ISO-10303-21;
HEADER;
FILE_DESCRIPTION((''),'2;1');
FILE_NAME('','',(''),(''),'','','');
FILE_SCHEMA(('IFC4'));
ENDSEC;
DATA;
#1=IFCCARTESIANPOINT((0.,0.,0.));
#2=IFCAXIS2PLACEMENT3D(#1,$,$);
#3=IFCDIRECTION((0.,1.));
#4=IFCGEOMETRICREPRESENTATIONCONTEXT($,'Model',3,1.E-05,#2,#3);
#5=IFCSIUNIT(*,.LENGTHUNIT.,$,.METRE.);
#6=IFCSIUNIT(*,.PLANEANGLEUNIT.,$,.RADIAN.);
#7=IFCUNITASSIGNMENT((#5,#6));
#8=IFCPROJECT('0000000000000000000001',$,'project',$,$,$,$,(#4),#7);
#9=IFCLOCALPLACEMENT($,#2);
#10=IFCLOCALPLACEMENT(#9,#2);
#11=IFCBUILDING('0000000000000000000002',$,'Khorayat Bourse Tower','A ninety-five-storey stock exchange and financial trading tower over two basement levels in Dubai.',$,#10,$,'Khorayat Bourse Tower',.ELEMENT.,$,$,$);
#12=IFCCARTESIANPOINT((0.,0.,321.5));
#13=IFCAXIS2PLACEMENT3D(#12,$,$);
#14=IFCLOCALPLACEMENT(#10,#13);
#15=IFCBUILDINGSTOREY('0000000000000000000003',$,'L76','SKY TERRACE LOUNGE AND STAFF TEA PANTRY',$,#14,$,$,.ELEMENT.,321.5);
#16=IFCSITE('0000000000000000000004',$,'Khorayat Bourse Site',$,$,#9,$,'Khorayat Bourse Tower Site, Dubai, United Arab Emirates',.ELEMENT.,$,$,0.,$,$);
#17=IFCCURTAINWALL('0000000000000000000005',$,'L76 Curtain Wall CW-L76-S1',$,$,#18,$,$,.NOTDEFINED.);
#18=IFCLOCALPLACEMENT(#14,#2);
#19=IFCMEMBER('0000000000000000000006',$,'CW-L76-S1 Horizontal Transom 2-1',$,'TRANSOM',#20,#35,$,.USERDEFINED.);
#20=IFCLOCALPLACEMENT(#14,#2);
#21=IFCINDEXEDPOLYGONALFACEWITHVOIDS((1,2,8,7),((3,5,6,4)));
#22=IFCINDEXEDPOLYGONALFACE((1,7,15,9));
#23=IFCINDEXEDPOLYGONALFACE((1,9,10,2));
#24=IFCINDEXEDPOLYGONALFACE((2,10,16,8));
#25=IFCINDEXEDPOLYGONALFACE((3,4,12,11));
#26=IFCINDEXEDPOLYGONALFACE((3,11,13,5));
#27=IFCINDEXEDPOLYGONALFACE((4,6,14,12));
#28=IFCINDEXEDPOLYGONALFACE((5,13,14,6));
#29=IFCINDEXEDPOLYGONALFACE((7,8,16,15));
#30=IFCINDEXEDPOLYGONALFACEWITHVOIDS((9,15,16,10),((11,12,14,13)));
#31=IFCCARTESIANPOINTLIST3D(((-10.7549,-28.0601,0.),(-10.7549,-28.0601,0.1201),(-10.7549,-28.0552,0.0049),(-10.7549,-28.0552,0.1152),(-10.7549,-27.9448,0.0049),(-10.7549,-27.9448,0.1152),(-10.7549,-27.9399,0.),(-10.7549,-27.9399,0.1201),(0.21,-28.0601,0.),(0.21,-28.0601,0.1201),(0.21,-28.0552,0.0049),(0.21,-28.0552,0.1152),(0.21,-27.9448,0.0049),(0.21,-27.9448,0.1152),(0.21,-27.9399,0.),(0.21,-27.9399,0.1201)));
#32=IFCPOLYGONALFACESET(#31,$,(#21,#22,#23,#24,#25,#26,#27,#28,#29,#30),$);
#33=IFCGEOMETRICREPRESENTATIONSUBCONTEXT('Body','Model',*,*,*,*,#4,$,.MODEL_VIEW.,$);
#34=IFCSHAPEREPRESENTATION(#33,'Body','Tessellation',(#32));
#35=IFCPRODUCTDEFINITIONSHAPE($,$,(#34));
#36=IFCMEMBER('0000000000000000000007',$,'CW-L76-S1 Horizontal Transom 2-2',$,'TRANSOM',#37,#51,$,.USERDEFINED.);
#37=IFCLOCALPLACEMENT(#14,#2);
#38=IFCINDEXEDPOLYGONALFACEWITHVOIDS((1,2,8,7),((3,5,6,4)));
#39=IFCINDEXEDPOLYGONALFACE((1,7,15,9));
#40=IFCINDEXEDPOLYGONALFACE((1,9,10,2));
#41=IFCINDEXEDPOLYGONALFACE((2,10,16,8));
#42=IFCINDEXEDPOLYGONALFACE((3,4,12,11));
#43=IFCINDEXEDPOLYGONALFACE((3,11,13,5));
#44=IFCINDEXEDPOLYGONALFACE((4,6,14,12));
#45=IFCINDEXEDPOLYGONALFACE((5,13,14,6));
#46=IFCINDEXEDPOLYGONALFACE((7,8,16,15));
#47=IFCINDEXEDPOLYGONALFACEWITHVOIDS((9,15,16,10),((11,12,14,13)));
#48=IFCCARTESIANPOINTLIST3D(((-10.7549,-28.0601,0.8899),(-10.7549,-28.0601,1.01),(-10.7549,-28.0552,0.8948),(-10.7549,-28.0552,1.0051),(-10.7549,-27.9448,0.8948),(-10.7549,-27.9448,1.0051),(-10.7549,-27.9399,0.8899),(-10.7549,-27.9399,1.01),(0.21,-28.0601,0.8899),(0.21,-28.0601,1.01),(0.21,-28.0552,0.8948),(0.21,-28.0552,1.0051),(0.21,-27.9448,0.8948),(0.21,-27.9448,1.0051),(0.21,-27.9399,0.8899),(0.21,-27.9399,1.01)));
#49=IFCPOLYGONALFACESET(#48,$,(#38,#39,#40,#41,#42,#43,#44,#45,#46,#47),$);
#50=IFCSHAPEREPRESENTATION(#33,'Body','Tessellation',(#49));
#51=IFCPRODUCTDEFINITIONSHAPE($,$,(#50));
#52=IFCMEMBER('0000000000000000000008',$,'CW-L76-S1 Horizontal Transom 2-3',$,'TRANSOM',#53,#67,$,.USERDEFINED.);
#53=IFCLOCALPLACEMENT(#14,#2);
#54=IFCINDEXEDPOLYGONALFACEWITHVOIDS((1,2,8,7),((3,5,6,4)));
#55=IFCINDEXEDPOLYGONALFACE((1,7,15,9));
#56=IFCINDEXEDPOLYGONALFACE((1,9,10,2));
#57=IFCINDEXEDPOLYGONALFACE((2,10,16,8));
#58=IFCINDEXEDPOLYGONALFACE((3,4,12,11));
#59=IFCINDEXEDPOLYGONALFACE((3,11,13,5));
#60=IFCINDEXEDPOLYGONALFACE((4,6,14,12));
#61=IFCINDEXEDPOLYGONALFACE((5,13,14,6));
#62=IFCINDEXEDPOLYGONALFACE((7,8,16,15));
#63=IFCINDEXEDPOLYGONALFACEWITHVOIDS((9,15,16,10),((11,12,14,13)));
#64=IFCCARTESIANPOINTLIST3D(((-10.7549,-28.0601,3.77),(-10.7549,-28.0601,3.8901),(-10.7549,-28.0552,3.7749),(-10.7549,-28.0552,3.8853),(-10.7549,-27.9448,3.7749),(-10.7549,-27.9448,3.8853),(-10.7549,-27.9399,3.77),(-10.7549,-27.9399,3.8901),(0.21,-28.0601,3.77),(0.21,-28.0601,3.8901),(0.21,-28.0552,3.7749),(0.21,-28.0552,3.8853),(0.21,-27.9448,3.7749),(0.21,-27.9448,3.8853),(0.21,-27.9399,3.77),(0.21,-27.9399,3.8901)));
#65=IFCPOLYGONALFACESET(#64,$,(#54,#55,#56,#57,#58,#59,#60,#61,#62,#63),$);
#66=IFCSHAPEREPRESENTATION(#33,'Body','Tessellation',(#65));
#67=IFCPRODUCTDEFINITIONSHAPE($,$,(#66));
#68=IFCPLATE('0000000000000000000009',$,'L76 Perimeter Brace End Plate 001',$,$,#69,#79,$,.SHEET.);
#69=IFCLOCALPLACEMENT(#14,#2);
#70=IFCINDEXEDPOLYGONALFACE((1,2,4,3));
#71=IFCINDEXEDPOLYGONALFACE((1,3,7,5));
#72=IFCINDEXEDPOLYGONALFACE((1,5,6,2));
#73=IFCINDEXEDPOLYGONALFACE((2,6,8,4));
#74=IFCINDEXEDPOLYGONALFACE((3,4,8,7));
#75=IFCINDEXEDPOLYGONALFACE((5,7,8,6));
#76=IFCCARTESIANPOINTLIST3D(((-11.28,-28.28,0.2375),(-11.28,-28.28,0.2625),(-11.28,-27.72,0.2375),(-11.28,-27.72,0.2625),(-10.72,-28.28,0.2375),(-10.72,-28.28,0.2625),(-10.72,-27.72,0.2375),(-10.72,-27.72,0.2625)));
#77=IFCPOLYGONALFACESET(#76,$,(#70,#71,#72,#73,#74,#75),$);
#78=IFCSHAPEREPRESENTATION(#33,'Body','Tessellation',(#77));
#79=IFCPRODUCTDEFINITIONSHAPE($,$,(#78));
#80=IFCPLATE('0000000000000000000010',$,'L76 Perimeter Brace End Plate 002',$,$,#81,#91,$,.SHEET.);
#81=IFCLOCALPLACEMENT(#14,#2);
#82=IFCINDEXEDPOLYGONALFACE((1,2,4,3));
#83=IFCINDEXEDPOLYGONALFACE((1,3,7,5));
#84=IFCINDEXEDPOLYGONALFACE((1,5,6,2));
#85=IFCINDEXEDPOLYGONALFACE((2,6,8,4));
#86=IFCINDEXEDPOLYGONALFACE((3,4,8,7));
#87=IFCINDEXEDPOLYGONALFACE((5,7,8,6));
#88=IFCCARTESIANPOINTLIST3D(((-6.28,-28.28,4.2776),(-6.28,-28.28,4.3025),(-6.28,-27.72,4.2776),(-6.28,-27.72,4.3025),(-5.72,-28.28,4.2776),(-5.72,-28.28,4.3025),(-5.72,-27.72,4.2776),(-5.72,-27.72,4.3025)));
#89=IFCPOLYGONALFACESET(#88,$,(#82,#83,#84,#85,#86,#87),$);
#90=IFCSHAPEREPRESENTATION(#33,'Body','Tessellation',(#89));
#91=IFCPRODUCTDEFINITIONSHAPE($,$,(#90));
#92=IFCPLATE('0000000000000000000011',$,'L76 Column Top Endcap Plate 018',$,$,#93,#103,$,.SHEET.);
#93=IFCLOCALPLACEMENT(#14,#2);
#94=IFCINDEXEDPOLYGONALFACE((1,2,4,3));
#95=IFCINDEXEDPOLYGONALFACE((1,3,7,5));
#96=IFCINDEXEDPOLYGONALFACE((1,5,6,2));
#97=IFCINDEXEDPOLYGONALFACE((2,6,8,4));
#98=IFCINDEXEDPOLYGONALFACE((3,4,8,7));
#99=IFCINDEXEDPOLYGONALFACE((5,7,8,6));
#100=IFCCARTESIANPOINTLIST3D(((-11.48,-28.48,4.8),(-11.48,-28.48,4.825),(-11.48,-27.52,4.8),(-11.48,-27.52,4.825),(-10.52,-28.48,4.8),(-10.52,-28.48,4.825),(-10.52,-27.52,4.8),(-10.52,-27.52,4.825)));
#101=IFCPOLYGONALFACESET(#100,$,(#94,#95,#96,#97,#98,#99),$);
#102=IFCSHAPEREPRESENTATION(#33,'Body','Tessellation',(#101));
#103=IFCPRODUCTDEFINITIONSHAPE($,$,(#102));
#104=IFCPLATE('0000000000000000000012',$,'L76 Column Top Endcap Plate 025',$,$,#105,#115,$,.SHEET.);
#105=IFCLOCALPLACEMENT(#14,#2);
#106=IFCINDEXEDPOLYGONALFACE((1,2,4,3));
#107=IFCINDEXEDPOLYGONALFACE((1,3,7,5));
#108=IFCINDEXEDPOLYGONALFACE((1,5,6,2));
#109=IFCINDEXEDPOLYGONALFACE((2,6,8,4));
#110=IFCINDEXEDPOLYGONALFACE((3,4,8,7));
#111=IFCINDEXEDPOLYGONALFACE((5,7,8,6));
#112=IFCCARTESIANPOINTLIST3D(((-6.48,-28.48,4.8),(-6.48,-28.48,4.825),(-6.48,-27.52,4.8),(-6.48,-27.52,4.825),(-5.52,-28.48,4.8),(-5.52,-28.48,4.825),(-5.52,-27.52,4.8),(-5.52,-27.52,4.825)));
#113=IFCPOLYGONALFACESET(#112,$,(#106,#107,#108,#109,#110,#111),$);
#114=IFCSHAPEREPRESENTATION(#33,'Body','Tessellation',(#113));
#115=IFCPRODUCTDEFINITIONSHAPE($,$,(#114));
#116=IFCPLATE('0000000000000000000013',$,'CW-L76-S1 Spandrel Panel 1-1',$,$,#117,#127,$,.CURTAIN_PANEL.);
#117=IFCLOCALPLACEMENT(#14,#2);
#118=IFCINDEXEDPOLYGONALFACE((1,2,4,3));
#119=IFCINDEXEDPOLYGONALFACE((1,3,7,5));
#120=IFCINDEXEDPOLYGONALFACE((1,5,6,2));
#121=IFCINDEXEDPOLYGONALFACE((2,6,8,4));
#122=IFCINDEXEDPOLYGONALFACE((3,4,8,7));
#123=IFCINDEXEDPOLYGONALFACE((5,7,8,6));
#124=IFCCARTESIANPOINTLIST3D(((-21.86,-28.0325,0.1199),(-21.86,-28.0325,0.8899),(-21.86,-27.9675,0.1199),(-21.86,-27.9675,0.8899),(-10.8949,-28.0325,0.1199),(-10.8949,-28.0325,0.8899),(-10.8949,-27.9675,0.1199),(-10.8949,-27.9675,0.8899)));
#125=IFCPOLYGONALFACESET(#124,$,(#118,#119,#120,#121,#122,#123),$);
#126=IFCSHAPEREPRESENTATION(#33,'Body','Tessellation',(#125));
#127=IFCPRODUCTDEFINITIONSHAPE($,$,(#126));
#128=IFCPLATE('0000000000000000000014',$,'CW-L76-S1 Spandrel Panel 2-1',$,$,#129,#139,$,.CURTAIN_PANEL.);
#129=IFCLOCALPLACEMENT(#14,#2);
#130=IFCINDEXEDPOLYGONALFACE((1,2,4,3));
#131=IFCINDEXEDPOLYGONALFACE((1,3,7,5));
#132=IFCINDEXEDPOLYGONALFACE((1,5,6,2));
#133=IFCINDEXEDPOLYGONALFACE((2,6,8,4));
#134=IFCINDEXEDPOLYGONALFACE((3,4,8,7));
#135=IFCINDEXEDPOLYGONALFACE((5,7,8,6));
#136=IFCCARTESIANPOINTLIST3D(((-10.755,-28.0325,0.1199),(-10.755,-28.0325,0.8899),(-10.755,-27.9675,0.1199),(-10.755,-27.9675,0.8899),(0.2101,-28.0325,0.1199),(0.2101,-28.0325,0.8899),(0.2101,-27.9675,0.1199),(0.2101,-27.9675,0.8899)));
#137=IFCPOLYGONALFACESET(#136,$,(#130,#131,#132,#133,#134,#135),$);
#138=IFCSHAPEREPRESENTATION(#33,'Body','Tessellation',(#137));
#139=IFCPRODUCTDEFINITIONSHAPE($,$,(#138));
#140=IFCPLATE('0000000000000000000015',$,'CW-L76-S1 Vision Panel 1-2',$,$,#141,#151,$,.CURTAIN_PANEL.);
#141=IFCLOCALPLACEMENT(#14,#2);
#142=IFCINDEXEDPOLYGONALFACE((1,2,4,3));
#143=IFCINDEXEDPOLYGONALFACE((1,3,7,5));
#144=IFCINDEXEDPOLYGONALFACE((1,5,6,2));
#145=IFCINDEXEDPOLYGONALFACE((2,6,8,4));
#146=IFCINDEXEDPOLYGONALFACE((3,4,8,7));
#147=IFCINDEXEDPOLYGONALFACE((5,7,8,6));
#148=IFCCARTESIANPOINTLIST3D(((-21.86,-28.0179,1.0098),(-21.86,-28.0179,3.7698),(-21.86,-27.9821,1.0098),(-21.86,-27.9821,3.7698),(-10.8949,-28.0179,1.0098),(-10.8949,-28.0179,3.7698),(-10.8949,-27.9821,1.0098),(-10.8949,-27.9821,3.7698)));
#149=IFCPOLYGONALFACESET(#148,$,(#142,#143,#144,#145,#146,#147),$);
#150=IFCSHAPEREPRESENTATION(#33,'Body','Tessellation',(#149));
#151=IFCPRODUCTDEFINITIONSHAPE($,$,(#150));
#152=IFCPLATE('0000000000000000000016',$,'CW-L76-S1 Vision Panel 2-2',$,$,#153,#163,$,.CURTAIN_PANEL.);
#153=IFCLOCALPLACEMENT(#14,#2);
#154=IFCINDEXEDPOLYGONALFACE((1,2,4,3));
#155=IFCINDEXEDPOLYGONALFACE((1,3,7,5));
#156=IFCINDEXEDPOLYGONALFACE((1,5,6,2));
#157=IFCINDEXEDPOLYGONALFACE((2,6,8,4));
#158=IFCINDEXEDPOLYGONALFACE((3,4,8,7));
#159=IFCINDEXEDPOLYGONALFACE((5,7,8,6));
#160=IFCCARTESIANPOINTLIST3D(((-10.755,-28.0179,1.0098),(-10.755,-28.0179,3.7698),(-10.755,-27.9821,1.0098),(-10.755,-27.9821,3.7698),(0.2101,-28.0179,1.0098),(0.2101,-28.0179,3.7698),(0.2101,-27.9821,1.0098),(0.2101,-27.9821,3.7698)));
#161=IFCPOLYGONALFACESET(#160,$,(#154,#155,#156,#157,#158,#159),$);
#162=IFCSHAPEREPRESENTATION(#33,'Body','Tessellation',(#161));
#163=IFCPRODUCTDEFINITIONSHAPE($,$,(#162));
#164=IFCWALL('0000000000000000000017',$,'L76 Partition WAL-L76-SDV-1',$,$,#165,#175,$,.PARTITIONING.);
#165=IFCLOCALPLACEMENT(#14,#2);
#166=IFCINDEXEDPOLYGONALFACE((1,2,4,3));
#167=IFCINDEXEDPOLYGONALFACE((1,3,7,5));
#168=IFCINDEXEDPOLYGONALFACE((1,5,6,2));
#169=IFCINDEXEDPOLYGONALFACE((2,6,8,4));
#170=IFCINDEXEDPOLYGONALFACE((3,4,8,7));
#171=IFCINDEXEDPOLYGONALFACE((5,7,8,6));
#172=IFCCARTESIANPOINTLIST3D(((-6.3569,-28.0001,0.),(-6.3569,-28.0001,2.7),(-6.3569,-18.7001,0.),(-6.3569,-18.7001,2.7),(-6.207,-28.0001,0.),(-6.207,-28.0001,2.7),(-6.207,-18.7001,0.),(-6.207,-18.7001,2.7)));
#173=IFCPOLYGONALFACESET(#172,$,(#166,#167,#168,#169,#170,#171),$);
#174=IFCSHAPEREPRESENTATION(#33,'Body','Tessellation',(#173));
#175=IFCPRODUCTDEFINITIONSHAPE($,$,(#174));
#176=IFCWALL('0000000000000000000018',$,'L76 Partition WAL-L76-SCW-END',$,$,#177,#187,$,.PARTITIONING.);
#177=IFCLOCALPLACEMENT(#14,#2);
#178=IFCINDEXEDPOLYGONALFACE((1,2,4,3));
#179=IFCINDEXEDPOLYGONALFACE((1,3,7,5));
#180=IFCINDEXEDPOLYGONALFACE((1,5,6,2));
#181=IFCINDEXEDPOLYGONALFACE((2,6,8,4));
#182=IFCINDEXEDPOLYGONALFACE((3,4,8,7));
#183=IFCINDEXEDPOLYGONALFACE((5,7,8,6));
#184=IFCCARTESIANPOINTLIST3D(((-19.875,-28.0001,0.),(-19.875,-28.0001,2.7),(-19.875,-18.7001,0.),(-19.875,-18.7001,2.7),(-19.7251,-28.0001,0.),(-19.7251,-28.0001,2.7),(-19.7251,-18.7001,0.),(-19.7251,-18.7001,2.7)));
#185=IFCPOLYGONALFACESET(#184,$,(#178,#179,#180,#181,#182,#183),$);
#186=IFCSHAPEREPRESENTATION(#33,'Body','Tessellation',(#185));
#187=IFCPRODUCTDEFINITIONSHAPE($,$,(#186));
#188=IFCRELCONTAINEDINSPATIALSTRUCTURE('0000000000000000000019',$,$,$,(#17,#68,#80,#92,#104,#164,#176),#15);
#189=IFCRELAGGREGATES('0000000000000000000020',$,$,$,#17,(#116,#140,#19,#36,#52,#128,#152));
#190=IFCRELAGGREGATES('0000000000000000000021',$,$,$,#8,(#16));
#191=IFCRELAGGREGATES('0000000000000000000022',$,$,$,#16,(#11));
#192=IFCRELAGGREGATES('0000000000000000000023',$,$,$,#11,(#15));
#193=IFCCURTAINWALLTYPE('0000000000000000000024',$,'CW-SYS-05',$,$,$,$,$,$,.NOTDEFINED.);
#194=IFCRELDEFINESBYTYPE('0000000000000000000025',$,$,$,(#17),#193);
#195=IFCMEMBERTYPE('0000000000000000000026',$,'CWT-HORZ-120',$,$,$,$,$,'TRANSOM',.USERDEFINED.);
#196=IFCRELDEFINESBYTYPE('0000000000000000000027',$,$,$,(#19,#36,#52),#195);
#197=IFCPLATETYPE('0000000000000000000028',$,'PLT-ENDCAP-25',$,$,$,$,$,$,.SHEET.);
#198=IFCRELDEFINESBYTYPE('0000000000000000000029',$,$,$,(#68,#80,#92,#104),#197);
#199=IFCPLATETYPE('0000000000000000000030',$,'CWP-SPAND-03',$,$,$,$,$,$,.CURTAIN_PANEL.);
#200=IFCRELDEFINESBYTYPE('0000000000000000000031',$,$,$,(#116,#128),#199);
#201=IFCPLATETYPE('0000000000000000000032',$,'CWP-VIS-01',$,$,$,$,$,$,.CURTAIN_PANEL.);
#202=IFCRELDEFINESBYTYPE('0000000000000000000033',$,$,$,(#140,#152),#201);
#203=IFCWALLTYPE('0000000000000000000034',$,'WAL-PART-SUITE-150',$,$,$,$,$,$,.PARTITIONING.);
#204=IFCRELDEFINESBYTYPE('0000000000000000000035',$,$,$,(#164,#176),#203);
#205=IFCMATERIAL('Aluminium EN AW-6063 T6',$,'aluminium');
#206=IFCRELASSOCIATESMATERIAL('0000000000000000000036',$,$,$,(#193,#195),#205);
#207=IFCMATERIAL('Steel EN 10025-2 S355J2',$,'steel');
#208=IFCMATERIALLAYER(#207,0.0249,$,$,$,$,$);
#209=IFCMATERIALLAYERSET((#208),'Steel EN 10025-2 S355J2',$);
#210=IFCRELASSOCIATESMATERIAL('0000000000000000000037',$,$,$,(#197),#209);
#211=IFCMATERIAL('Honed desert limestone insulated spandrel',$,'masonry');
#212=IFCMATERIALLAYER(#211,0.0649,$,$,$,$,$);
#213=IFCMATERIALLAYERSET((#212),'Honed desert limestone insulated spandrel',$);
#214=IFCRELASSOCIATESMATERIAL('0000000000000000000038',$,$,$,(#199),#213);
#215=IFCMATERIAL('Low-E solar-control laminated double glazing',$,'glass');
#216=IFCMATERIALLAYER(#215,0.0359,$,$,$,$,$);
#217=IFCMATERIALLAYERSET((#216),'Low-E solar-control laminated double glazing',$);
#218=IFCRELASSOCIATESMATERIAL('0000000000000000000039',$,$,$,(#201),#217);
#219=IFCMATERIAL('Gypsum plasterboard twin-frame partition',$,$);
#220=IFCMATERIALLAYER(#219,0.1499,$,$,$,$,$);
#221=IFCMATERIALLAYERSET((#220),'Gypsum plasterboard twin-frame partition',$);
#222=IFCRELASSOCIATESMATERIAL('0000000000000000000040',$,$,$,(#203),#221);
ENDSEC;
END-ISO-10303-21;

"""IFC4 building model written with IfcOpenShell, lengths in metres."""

from ifc_helpers import new_model, si_unit, direction, frame, frame_2d, origin, origin_2d, place, context, subcontext, project, spatial, rectangle, hollow_rectangle, extrude, source, transform, mapped, material, layer, layer_set, material_profile, profile_set, type_object, element, aggregate, save


model = new_model("IFC4")

# Units and contexts
model_context = context("Model", 3, precision=1e-05, world=origin(), true_north=direction((0.0, 1.0)))
body_context = subcontext(model_context, "Body", "Model", "MODEL_VIEW")
ifc_project = project(units=[si_unit("LENGTHUNIT", "METRE"), si_unit("PLANEANGLEUNIT", "RADIAN")], contexts=[model_context])

# Site, building, storey
site_placement = place(None, origin())
site = spatial("IfcSite", under=ifc_project, at=site_placement, Name="Khorayat Bourse Site", LongName="Khorayat Bourse Tower Site, Dubai, United Arab Emirates", CompositionType="ELEMENT", RefElevation=0.0)
building_placement = place(site_placement, origin())
building = spatial("IfcBuilding", under=site, at=building_placement, Name="Khorayat Bourse Tower", Description="A ninety-five-storey stock exchange and financial trading tower over two basement levels in Dubai.", LongName="Khorayat Bourse Tower", CompositionType="ELEMENT")
storey_placement = place(building_placement, frame((0.0, 0.0, 321.5)))
storey = spatial("IfcBuildingStorey", under=building, at=storey_placement, Name="L76", Description="SKY TERRACE LOUNGE AND STAFF TEA PANTRY", CompositionType="ELEMENT", Elevation=321.5)

# Curtain wall, members
ifc_material_1 = material(Name="Aluminium EN AW-6063 T6", Category="aluminium")
curtain_wall_type = type_object("IfcCurtainWallType", Name="CW-SYS-05", PredefinedType="NOTDEFINED", material=ifc_material_1)
curtain_wall_placement = place(storey_placement, origin())
curtain_wall = element("IfcCurtainWall", 1, at=curtain_wall_placement, inside=storey, type_object=curtain_wall_type, Name="L76 Curtain Wall CW-L76-S1", PredefinedType="NOTDEFINED")
ifc_material_profile_1 = material_profile(ifc_material_1, hollow_rectangle(XDim=0.1201, YDim=0.1201, WallThickness=0.0049, at=origin_2d()), Name="ALU 120x120x5")
ifc_profile_set_1 = profile_set([ifc_material_profile_1], Name="Aluminium EN AW-6063 T6")
member_type_1 = type_object("IfcMemberType", Name="CWT-HORZ-120", ElementType="TRANSOM", PredefinedType="USERDEFINED", material=ifc_profile_set_1)
shared_shape_1 = source(origin(), body_context, "Body", "SweptSolid", [
    extrude(hollow_rectangle(XDim=0.1201, YDim=0.1201, WallThickness=0.0049, at=origin_2d()), origin(), (0.0, 0.0, 1.0), 10.9648),
])
member_1_placement = place(storey_placement, frame((-10.7549, -28.0, 0.0601), z_axis=(1.0, 0.0, 0.0), x_axis=(0.0, 1.0, 0.0)))
member_1 = element("IfcMember", 2, at=member_1_placement, type_object=member_type_1, Name="CW-L76-S1 Horizontal Transom 2-1", ObjectType="TRANSOM", PredefinedType="USERDEFINED", context=body_context, shape_type="MappedRepresentation", body=[
    mapped(shared_shape_1, transform((0.0, 0.0, 0.0), scale=1.0)),
])
member_2_placement = place(storey_placement, frame((-10.7549, -28.0, 0.95), z_axis=(1.0, 0.0, 0.0), x_axis=(0.0, 1.0, 0.0)))
member_2 = element("IfcMember", 3, at=member_2_placement, type_object=member_type_1, Name="CW-L76-S1 Horizontal Transom 2-2", ObjectType="TRANSOM", PredefinedType="USERDEFINED", context=body_context, shape_type="MappedRepresentation", body=[
    mapped(shared_shape_1, transform((0.0, 0.0, 0.0), scale=1.0)),
])
member_3_placement = place(storey_placement, frame((-10.7549, -28.0, 3.8301), z_axis=(1.0, 0.0, 0.0), x_axis=(0.0, 1.0, 0.0)))
member_3 = element("IfcMember", 4, at=member_3_placement, type_object=member_type_1, Name="CW-L76-S1 Horizontal Transom 2-3", ObjectType="TRANSOM", PredefinedType="USERDEFINED", context=body_context, shape_type="MappedRepresentation", body=[
    mapped(shared_shape_1, transform((0.0, 0.0, 0.0), scale=1.0)),
])

# Plates
ifc_material_2 = material(Name="Steel EN 10025-2 S355J2", Category="steel")
ifc_layer_1 = layer(ifc_material_2, 0.0249)
ifc_layer_set_1 = layer_set([ifc_layer_1], Name="Steel EN 10025-2 S355J2")
plate_type_1 = type_object("IfcPlateType", Name="PLT-ENDCAP-25", PredefinedType="SHEET", material=ifc_layer_set_1)
shared_shape_2 = source(origin(), body_context, "Body", "SweptSolid", [
    extrude(rectangle(XDim=0.5601, YDim=0.5601, at=origin_2d()), origin(), (0.0, 0.0, 1.0), 0.0249),
])
for number, where, z_axis, x_axis, name in (
    (5, (-11.0, -28.0, 0.2375), (0.0, 0.0, 1.0), (1.0, 0.0, 0.0), "L76 Perimeter Brace End Plate 001"),
    (6, (-6.0, -28.0, 4.2776), (0.0, 0.0, 1.0), (1.0, 0.0, 0.0), "L76 Perimeter Brace End Plate 002"),
):
    element("IfcPlate", number, at=place(storey_placement, frame(where, z_axis=z_axis, x_axis=x_axis)), inside=storey, type_object=plate_type_1, Name=name, PredefinedType="SHEET", context=body_context, shape_type="MappedRepresentation", body=[
        mapped(shared_shape_2, transform((0.0, 0.0, 0.0), scale=1.0)),
    ])
shared_shape_3 = source(origin(), body_context, "Body", "SweptSolid", [
    extrude(rectangle(XDim=0.96, YDim=0.96, at=origin_2d()), origin(), (0.0, 0.0, 1.0), 0.0249),
])
for number, where, z_axis, x_axis, name in (
    (7, (-11.0, -28.0, 4.8), (0.0, 0.0, 1.0), (1.0, 0.0, 0.0), "L76 Column Top Endcap Plate 018"),
    (8, (-6.0, -28.0, 4.8), (0.0, 0.0, 1.0), (1.0, 0.0, 0.0), "L76 Column Top Endcap Plate 025"),
):
    element("IfcPlate", number, at=place(storey_placement, frame(where, z_axis=z_axis, x_axis=x_axis)), inside=storey, type_object=plate_type_1, Name=name, PredefinedType="SHEET", context=body_context, shape_type="MappedRepresentation", body=[
        mapped(shared_shape_3, transform((0.0, 0.0, 0.0), scale=1.0)),
    ])

# Plates
ifc_material_3 = material(Name="Honed desert limestone insulated spandrel", Category="masonry")
ifc_layer_2 = layer(ifc_material_3, 0.0649)
ifc_layer_set_2 = layer_set([ifc_layer_2], Name="Honed desert limestone insulated spandrel")
plate_type_2 = type_object("IfcPlateType", Name="CWP-SPAND-03", PredefinedType="CURTAIN_PANEL", material=ifc_layer_set_2)
shared_shape_4 = source(origin(), body_context, "Body", "SweptSolid", [
    extrude(rectangle(XDim=10.9651, YDim=0.0649, at=origin_2d()), origin(), (0.0, 0.0, 1.0), 0.77),
])
plate_1_placement = place(storey_placement, frame((-16.3774, -28.0, 0.1199), z_axis=(0.0, 0.0, 1.0), x_axis=(1.0, 0.0, 0.0)))
plate_1 = element("IfcPlate", 9, at=plate_1_placement, type_object=plate_type_2, Name="CW-L76-S1 Spandrel Panel 1-1", PredefinedType="CURTAIN_PANEL", context=body_context, shape_type="MappedRepresentation", body=[
    mapped(shared_shape_4, transform((0.0, 0.0, 0.0), scale=1.0)),
])
plate_2_placement = place(storey_placement, frame((-5.2725, -28.0, 0.1199), z_axis=(0.0, 0.0, 1.0), x_axis=(1.0, 0.0, 0.0)))
plate_2 = element("IfcPlate", 10, at=plate_2_placement, type_object=plate_type_2, Name="CW-L76-S1 Spandrel Panel 2-1", PredefinedType="CURTAIN_PANEL", context=body_context, shape_type="MappedRepresentation", body=[
    mapped(shared_shape_4, transform((0.0, 0.0, 0.0), scale=1.0)),
])
ifc_material_4 = material(Name="Low-E solar-control laminated double glazing", Category="glass")
ifc_layer_3 = layer(ifc_material_4, 0.0359)
ifc_layer_set_3 = layer_set([ifc_layer_3], Name="Low-E solar-control laminated double glazing")
plate_type_3 = type_object("IfcPlateType", Name="CWP-VIS-01", PredefinedType="CURTAIN_PANEL", material=ifc_layer_set_3)
shared_shape_5 = source(origin(), body_context, "Body", "SweptSolid", [
    extrude(rectangle(XDim=10.9651, YDim=0.0359, at=origin_2d()), origin(), (0.0, 0.0, 1.0), 2.76),
])
plate_3_placement = place(storey_placement, frame((-16.3774, -28.0, 1.0098), z_axis=(0.0, 0.0, 1.0), x_axis=(1.0, 0.0, 0.0)))
plate_3 = element("IfcPlate", 11, at=plate_3_placement, type_object=plate_type_3, Name="CW-L76-S1 Vision Panel 1-2", PredefinedType="CURTAIN_PANEL", context=body_context, shape_type="MappedRepresentation", body=[
    mapped(shared_shape_5, transform((0.0, 0.0, 0.0), scale=1.0)),
])
plate_4_placement = place(storey_placement, frame((-5.2725, -28.0, 1.0098), z_axis=(0.0, 0.0, 1.0), x_axis=(1.0, 0.0, 0.0)))
plate_4 = element("IfcPlate", 12, at=plate_4_placement, type_object=plate_type_3, Name="CW-L76-S1 Vision Panel 2-2", PredefinedType="CURTAIN_PANEL", context=body_context, shape_type="MappedRepresentation", body=[
    mapped(shared_shape_5, transform((0.0, 0.0, 0.0), scale=1.0)),
])
aggregate(curtain_wall, [plate_1, plate_3, member_1, member_2, member_3, plate_2, plate_4])

# Walls
ifc_material_5 = material(Name="Gypsum plasterboard twin-frame partition")
ifc_layer_4 = layer(ifc_material_5, 0.1499)
ifc_layer_set_4 = layer_set([ifc_layer_4], Name="Gypsum plasterboard twin-frame partition")
wall_type = type_object("IfcWallType", Name="WAL-PART-SUITE-150", PredefinedType="PARTITIONING", material=ifc_layer_set_4)
shared_shape_6 = source(origin(), body_context, "Body", "SweptSolid", [
    extrude(rectangle(XDim=9.3, YDim=0.1499, at=frame_2d((4.6499, 0.0))), origin(), (0.0, 0.0, 1.0), 2.7),
])
for number, where, z_axis, x_axis, name in (
    (13, (-6.282, -28.0, 0.0), (0.0, 0.0, 1.0), (0.0, 1.0, 0.0), "L76 Partition WAL-L76-SDV-1"),
    (14, (-19.8, -28.0, 0.0), (0.0, 0.0, 1.0), (0.0, 1.0, 0.0), "L76 Partition WAL-L76-SCW-END"),
):
    element("IfcWall", number, at=place(storey_placement, frame(where, z_axis=z_axis, x_axis=x_axis)), inside=storey, type_object=wall_type, Name=name, PredefinedType="PARTITIONING", context=body_context, shape_type="MappedRepresentation", body=[
        mapped(shared_shape_6, transform((0.0, 0.0, 0.0), scale=1.0)),
    ])

save(model, "model.ifc")
